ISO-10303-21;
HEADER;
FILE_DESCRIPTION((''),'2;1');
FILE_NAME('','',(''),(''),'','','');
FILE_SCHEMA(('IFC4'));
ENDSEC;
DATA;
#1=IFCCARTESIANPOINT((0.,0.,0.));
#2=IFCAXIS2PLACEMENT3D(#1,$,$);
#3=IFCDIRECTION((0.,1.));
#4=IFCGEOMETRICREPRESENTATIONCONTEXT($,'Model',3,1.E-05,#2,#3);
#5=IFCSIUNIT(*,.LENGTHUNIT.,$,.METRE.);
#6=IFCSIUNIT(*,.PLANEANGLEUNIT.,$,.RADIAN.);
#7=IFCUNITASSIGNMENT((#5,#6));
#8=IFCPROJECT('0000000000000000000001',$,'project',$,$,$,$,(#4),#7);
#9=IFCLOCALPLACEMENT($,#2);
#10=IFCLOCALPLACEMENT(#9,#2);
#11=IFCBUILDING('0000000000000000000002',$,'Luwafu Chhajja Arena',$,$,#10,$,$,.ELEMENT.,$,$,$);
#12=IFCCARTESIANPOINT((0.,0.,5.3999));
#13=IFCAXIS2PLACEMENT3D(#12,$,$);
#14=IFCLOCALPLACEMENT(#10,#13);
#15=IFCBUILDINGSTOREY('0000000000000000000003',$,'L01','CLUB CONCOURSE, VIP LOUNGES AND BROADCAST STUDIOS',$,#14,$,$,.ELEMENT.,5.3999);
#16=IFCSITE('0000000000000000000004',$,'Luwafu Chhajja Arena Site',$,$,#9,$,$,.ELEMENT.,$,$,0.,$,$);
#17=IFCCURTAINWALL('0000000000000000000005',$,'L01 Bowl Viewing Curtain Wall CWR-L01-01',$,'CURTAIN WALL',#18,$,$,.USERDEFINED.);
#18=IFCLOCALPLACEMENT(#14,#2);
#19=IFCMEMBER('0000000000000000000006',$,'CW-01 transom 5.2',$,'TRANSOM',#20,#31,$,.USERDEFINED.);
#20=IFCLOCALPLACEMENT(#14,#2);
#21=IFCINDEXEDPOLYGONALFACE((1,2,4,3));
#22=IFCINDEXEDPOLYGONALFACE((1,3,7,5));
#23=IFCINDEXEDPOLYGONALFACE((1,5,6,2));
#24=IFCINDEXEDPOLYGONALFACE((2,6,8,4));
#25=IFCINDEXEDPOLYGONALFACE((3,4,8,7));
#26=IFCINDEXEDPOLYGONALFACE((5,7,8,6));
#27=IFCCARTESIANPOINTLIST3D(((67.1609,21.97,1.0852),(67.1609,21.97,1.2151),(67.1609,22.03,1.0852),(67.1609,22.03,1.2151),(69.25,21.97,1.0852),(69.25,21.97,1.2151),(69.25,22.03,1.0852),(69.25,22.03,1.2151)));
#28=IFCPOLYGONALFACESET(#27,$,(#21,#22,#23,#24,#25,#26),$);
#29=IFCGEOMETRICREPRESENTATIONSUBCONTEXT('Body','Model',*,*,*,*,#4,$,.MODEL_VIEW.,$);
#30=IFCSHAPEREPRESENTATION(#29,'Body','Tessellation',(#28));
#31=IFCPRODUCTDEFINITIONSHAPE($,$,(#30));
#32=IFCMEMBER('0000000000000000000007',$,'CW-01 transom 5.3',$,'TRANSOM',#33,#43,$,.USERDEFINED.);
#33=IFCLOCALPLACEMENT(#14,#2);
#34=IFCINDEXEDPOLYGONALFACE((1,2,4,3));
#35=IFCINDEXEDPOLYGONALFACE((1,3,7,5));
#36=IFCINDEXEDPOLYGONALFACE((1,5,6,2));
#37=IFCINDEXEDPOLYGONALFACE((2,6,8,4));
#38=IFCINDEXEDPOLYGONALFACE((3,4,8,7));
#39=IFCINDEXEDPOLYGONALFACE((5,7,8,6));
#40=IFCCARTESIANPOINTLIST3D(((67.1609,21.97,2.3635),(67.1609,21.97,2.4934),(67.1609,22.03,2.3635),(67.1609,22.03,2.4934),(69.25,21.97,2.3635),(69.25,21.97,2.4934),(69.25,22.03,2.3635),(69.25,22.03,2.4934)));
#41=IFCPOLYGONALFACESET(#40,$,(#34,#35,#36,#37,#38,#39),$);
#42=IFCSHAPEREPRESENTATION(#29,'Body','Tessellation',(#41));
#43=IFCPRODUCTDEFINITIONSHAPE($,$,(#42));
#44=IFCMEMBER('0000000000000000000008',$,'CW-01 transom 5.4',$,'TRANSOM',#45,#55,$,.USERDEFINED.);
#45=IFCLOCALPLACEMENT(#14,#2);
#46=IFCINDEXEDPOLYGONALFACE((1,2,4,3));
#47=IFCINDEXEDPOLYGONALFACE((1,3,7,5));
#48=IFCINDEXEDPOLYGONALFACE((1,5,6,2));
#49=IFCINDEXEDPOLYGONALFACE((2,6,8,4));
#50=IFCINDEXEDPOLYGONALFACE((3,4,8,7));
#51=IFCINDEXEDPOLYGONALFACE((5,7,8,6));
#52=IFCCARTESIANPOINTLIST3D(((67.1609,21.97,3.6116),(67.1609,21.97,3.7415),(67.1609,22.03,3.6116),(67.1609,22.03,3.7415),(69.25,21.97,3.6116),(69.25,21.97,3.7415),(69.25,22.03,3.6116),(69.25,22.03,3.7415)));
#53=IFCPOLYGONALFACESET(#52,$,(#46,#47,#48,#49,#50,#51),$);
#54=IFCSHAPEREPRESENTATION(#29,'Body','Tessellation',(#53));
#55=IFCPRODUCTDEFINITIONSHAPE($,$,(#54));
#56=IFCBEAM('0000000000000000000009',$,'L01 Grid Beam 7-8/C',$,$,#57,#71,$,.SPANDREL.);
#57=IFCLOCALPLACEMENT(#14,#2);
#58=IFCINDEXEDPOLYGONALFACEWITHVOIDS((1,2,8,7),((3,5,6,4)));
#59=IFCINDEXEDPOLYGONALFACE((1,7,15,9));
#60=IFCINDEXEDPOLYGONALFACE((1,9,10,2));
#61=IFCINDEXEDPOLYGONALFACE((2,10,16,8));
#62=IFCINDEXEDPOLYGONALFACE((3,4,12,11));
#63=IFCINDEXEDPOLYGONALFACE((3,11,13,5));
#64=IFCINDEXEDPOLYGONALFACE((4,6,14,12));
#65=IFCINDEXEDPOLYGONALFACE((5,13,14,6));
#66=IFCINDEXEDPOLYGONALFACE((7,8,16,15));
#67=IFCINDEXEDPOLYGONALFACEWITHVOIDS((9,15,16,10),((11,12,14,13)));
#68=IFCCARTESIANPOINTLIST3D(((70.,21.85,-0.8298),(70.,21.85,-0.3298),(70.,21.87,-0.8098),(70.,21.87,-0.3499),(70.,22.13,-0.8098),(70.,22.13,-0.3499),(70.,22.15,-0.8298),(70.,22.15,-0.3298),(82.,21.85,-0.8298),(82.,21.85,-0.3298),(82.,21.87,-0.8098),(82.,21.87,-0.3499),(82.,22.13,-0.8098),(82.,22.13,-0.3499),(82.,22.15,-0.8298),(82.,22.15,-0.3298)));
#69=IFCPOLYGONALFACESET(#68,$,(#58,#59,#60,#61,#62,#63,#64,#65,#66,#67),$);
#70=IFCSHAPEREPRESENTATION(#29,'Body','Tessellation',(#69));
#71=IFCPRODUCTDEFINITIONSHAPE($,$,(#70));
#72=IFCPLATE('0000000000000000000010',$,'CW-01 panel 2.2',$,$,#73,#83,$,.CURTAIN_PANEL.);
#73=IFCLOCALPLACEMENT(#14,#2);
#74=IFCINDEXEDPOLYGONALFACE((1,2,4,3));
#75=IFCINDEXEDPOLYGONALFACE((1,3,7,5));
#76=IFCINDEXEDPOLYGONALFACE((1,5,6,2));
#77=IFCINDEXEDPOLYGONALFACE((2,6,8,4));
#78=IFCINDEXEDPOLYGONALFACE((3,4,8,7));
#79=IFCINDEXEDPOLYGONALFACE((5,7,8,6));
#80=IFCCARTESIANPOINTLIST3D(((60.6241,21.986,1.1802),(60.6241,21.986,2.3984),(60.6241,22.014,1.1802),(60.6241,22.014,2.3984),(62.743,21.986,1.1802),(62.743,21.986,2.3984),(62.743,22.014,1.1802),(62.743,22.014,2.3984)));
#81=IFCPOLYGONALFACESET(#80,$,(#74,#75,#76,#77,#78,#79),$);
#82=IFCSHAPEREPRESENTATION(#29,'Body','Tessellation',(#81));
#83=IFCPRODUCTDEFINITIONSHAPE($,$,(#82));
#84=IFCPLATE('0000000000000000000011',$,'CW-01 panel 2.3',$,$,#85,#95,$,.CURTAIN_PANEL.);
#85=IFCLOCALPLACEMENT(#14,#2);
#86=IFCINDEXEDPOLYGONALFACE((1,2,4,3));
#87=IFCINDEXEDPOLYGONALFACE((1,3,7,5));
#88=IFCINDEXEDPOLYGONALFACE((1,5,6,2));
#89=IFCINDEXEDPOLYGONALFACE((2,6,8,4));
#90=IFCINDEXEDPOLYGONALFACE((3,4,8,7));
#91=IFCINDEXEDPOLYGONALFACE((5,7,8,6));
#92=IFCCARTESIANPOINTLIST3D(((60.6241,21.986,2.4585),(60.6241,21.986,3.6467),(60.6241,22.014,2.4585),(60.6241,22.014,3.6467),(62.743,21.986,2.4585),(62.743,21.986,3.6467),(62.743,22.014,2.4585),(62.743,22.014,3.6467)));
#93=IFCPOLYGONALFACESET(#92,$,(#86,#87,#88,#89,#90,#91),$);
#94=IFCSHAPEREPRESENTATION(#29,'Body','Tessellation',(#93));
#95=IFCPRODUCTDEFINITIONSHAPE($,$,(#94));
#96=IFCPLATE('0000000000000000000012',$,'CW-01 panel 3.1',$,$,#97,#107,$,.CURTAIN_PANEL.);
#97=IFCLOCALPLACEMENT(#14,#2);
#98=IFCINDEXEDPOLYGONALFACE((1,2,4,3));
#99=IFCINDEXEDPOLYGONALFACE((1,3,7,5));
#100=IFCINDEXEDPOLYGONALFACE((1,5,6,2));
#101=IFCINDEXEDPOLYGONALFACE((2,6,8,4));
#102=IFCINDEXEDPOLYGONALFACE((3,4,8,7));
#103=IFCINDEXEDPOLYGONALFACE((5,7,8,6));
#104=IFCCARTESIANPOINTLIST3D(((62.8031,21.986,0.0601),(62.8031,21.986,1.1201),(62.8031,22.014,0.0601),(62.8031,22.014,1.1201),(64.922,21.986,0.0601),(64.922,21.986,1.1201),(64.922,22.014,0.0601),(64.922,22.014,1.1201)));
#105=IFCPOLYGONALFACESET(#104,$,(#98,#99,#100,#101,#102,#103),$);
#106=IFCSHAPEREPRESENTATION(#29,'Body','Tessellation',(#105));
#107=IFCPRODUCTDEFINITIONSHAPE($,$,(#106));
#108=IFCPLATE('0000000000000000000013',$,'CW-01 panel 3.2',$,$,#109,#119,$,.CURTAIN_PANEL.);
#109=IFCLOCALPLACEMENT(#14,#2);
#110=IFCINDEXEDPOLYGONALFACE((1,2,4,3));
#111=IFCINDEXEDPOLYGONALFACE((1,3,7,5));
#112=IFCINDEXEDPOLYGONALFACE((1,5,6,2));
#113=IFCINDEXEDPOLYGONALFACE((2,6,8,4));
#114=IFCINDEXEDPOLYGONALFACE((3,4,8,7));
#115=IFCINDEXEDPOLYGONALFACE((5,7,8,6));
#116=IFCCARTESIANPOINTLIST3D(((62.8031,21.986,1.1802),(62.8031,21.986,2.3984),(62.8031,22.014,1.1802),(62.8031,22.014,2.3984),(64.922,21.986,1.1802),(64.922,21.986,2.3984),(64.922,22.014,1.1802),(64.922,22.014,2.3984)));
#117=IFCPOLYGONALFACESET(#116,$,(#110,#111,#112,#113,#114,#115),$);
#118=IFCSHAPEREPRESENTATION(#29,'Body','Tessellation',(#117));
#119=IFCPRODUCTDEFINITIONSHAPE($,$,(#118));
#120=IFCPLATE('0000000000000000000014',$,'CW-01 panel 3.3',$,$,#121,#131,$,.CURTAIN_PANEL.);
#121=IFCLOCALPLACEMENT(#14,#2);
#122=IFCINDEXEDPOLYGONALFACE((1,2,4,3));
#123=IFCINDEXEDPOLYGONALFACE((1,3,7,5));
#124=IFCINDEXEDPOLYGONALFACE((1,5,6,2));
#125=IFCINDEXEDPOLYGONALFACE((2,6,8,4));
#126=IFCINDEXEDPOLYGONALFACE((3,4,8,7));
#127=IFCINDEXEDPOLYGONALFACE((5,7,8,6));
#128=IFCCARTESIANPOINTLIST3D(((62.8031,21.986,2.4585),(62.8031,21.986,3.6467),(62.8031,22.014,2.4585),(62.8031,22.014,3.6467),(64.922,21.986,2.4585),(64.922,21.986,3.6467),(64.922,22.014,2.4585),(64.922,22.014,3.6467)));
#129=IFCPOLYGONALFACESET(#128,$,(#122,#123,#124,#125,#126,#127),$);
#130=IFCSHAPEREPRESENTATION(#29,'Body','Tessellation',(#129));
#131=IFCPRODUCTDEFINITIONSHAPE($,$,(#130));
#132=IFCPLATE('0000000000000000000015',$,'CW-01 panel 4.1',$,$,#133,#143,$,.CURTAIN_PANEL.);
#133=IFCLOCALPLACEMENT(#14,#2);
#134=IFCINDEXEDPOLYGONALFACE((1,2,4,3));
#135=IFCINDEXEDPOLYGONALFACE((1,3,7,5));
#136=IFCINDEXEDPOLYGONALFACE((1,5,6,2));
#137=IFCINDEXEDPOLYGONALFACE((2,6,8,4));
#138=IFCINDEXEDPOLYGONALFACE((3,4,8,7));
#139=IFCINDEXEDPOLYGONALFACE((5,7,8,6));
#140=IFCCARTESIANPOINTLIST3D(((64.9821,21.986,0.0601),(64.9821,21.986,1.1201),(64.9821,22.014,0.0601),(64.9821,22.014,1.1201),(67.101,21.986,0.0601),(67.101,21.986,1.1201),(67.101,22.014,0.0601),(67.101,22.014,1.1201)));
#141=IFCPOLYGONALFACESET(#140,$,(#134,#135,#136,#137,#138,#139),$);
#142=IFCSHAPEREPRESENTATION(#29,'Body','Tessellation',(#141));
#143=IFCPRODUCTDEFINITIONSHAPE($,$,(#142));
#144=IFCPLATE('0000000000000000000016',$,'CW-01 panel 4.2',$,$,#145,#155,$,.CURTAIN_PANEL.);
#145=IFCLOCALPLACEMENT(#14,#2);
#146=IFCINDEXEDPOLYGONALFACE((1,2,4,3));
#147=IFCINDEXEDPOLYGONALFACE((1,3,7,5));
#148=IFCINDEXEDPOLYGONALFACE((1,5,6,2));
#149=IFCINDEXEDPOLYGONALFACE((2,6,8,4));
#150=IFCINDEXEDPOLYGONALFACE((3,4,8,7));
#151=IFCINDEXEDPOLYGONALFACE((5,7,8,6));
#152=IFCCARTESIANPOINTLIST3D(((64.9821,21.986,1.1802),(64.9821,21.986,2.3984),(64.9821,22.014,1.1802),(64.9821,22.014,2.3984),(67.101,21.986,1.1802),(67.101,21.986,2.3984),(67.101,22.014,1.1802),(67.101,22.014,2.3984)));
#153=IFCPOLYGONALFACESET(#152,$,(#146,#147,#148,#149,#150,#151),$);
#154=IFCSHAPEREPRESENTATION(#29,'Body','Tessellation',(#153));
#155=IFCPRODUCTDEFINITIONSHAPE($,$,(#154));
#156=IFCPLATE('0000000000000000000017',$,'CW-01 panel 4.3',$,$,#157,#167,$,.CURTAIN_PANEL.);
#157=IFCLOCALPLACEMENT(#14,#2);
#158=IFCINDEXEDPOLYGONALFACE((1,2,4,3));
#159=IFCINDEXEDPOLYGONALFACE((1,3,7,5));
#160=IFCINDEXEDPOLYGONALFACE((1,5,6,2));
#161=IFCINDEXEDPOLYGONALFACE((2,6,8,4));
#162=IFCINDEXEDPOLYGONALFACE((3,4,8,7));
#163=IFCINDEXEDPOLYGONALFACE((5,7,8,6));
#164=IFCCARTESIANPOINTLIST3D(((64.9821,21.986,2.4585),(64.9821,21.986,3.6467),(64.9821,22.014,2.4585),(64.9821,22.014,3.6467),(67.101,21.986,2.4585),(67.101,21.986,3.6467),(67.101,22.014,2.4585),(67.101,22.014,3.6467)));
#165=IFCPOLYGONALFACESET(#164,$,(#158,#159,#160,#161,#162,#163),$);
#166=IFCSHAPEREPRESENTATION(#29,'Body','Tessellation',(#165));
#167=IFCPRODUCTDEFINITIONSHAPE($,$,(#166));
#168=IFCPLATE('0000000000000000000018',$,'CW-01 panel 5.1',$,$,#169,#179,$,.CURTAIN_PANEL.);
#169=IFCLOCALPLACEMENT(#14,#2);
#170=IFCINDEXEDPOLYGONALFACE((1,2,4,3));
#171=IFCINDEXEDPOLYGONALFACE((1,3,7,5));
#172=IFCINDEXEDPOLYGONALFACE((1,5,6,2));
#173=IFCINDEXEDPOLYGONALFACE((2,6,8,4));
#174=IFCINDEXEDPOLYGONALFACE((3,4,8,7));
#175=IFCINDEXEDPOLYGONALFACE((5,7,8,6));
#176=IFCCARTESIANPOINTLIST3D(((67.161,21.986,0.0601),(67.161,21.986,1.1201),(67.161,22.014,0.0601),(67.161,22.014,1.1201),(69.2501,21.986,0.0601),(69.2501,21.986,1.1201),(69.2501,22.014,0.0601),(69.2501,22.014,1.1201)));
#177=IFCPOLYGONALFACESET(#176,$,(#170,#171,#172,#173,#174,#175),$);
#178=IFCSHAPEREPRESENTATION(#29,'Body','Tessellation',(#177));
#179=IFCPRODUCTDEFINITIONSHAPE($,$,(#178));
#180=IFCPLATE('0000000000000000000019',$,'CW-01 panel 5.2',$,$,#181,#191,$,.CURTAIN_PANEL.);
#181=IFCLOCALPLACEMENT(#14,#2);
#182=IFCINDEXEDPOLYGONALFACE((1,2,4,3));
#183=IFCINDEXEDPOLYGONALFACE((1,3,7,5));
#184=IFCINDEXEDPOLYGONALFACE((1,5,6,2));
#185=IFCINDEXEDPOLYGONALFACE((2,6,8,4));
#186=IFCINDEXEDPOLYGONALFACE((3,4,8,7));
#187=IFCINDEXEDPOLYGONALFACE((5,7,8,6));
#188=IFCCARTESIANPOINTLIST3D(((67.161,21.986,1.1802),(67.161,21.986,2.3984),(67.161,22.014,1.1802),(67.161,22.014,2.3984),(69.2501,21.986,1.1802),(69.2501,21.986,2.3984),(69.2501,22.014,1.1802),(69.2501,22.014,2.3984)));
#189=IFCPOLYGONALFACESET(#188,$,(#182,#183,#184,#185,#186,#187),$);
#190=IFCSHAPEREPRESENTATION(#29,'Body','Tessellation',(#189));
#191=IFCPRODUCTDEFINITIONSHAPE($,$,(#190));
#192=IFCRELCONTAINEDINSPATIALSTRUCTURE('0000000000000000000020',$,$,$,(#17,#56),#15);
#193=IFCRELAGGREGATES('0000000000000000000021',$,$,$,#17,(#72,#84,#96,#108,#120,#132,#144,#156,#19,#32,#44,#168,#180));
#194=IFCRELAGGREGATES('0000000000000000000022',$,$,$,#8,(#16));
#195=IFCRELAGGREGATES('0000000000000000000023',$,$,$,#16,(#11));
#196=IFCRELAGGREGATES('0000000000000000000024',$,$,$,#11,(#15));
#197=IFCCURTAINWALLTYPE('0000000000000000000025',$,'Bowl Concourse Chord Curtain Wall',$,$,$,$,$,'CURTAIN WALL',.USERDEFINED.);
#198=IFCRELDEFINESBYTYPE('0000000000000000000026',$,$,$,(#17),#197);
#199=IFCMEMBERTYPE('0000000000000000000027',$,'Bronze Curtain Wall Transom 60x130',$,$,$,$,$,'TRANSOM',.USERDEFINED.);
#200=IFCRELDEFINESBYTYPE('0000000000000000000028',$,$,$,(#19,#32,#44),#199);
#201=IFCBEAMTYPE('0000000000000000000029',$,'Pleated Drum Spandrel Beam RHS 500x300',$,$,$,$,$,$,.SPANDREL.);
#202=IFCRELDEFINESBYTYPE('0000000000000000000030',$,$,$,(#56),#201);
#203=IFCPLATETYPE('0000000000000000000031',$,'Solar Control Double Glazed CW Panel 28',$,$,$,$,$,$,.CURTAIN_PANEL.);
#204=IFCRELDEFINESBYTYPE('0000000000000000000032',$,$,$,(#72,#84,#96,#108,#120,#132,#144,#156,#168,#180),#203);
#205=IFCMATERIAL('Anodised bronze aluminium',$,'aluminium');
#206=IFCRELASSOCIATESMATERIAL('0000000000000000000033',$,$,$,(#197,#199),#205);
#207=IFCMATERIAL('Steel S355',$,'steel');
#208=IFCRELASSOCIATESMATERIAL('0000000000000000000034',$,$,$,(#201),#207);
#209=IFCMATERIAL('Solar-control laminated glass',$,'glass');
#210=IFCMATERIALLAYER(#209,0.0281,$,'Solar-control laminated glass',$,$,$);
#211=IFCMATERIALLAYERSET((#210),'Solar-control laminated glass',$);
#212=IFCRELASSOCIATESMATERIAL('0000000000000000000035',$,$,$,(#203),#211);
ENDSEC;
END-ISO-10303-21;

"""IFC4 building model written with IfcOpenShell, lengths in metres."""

from ifc_helpers import new_model, si_unit, direction, frame, origin, origin_2d, place, context, subcontext, project, spatial, rectangle, hollow_rectangle, extrude, material, layer, layer_set, material_profile, profile_set, type_object, element, aggregate, save


model = new_model("IFC4")

# Units and contexts
model_context = context("Model", 3, precision=1e-05, world=origin(), true_north=direction((0.0, 1.0)))
body_context = subcontext(model_context, "Body", "Model", "MODEL_VIEW")
ifc_project = project(units=[si_unit("LENGTHUNIT", "METRE"), si_unit("PLANEANGLEUNIT", "RADIAN")], contexts=[model_context])

# Site, building, storey
site_placement = place(None, origin())
site = spatial("IfcSite", under=ifc_project, at=site_placement, Name="Luwafu Chhajja Arena Site", CompositionType="ELEMENT", RefElevation=0.0)
building_placement = place(site_placement, origin())
building = spatial("IfcBuilding", under=site, at=building_placement, Name="Luwafu Chhajja Arena", CompositionType="ELEMENT")
storey_placement = place(building_placement, frame((0.0, 0.0, 5.3999)))
storey = spatial("IfcBuildingStorey", under=building, at=storey_placement, Name="L01", Description="CLUB CONCOURSE, VIP LOUNGES AND BROADCAST STUDIOS", CompositionType="ELEMENT", Elevation=5.3999)

# Curtain wall, members
ifc_material_1 = material(Name="Anodised bronze aluminium", Category="aluminium")
curtain_wall_type = type_object("IfcCurtainWallType", Name="Bowl Concourse Chord Curtain Wall", ElementType="CURTAIN WALL", PredefinedType="USERDEFINED", material=ifc_material_1)
curtain_wall_placement = place(storey_placement, origin())
curtain_wall = element("IfcCurtainWall", 1, at=curtain_wall_placement, inside=storey, type_object=curtain_wall_type, Name="L01 Bowl Viewing Curtain Wall CWR-L01-01", ObjectType="CURTAIN WALL", PredefinedType="USERDEFINED")
ifc_material_profile_1 = material_profile(ifc_material_1, rectangle(XDim=0.0601, YDim=0.1299, at=origin_2d()), Name="CWT 60x130")
ifc_profile_set_1 = profile_set([ifc_material_profile_1], Name="Anodised bronze aluminium")
member_type_1 = type_object("IfcMemberType", Name="Bronze Curtain Wall Transom 60x130", ElementType="TRANSOM", PredefinedType="USERDEFINED", material=ifc_profile_set_1)
member_1_placement = place(storey_placement, frame((67.1609, 22.0, 1.1501), z_axis=(1.0, 0.0, 0.0), x_axis=(0.0, 1.0, 0.0)))
member_1 = element("IfcMember", 2, at=member_1_placement, type_object=member_type_1, Name="CW-01 transom 5.2", ObjectType="TRANSOM", PredefinedType="USERDEFINED", context=body_context, shape_type="SweptSolid", body=[
    extrude(rectangle(XDim=0.0601, YDim=0.1299, at=origin_2d()), origin(), (0.0, 0.0, 1.0), 2.0891),
])
member_2_placement = place(storey_placement, frame((67.1609, 22.0, 2.4285), z_axis=(1.0, 0.0, 0.0), x_axis=(0.0, 1.0, 0.0)))
member_2 = element("IfcMember", 3, at=member_2_placement, type_object=member_type_1, Name="CW-01 transom 5.3", ObjectType="TRANSOM", PredefinedType="USERDEFINED", context=body_context, shape_type="SweptSolid", body=[
    extrude(rectangle(XDim=0.0601, YDim=0.1299, at=origin_2d()), origin(), (0.0, 0.0, 1.0), 2.0891),
])
member_3_placement = place(storey_placement, frame((67.1609, 22.0, 3.6765), z_axis=(1.0, 0.0, 0.0), x_axis=(0.0, 1.0, 0.0)))
member_3 = element("IfcMember", 4, at=member_3_placement, type_object=member_type_1, Name="CW-01 transom 5.4", ObjectType="TRANSOM", PredefinedType="USERDEFINED", context=body_context, shape_type="SweptSolid", body=[
    extrude(rectangle(XDim=0.0601, YDim=0.1299, at=origin_2d()), origin(), (0.0, 0.0, 1.0), 2.0891),
])

# Beam
ifc_material_2 = material(Name="Steel S355", Category="steel")
ifc_material_profile_2 = material_profile(ifc_material_2, hollow_rectangle(XDim=0.3, YDim=0.5, WallThickness=0.02, at=origin_2d()), Name="RHS 500x300x20")
ifc_profile_set_2 = profile_set([ifc_material_profile_2], Name="Steel S355")
beam_type = type_object("IfcBeamType", Name="Pleated Drum Spandrel Beam RHS 500x300", PredefinedType="SPANDREL", material=ifc_profile_set_2)
beam_placement = place(storey_placement, frame((70.0, 22.0, -0.5798), z_axis=(1.0, 0.0, 0.0), x_axis=(0.0, 1.0, 0.0)))
element("IfcBeam", 5, at=beam_placement, inside=storey, type_object=beam_type, Name="L01 Grid Beam 7-8/C", PredefinedType="SPANDREL", context=body_context, shape_type="SweptSolid", body=[
    extrude(hollow_rectangle(XDim=0.3, YDim=0.5, WallThickness=0.02, at=origin_2d()), origin(), (0.0, 0.0, 1.0), 12.0),
])

# Plates
ifc_material_3 = material(Name="Solar-control laminated glass", Category="glass")
ifc_layer = layer(ifc_material_3, 0.0281, Name="Solar-control laminated glass")
ifc_layer_set = layer_set([ifc_layer], Name="Solar-control laminated glass")
plate_type = type_object("IfcPlateType", Name="Solar Control Double Glazed CW Panel 28", PredefinedType="CURTAIN_PANEL", material=ifc_layer_set)
plate_1_placement = place(storey_placement, frame((61.6836, 22.0, 1.1802), z_axis=(0.0, 0.0, 1.0), x_axis=(1.0, 0.0, 0.0)))
plate_1 = element("IfcPlate", 6, at=plate_1_placement, type_object=plate_type, Name="CW-01 panel 2.2", PredefinedType="CURTAIN_PANEL", context=body_context, shape_type="SweptSolid", body=[
    extrude(rectangle(XDim=2.1189, YDim=0.0281, at=origin_2d()), origin(), (0.0, 0.0, 1.0), 1.2183),
])
plate_2_placement = place(storey_placement, frame((61.6836, 22.0, 2.4585), z_axis=(0.0, 0.0, 1.0), x_axis=(1.0, 0.0, 0.0)))
plate_2 = element("IfcPlate", 7, at=plate_2_placement, type_object=plate_type, Name="CW-01 panel 2.3", PredefinedType="CURTAIN_PANEL", context=body_context, shape_type="SweptSolid", body=[
    extrude(rectangle(XDim=2.1189, YDim=0.0281, at=origin_2d()), origin(), (0.0, 0.0, 1.0), 1.1882),
])
plate_3_placement = place(storey_placement, frame((63.8625, 22.0, 0.0601), z_axis=(0.0, 0.0, 1.0), x_axis=(1.0, 0.0, 0.0)))
plate_3 = element("IfcPlate", 8, at=plate_3_placement, type_object=plate_type, Name="CW-01 panel 3.1", PredefinedType="CURTAIN_PANEL", context=body_context, shape_type="SweptSolid", body=[
    extrude(rectangle(XDim=2.1189, YDim=0.0281, at=origin_2d()), origin(), (0.0, 0.0, 1.0), 1.0601),
])
plate_4_placement = place(storey_placement, frame((63.8625, 22.0, 1.1802), z_axis=(0.0, 0.0, 1.0), x_axis=(1.0, 0.0, 0.0)))
plate_4 = element("IfcPlate", 9, at=plate_4_placement, type_object=plate_type, Name="CW-01 panel 3.2", PredefinedType="CURTAIN_PANEL", context=body_context, shape_type="SweptSolid", body=[
    extrude(rectangle(XDim=2.1189, YDim=0.0281, at=origin_2d()), origin(), (0.0, 0.0, 1.0), 1.2183),
])
plate_5_placement = place(storey_placement, frame((63.8625, 22.0, 2.4585), z_axis=(0.0, 0.0, 1.0), x_axis=(1.0, 0.0, 0.0)))
plate_5 = element("IfcPlate", 10, at=plate_5_placement, type_object=plate_type, Name="CW-01 panel 3.3", PredefinedType="CURTAIN_PANEL", context=body_context, shape_type="SweptSolid", body=[
    extrude(rectangle(XDim=2.1189, YDim=0.0281, at=origin_2d()), origin(), (0.0, 0.0, 1.0), 1.1882),
])
plate_6_placement = place(storey_placement, frame((66.0415, 22.0, 0.0601), z_axis=(0.0, 0.0, 1.0), x_axis=(1.0, 0.0, 0.0)))
plate_6 = element("IfcPlate", 11, at=plate_6_placement, type_object=plate_type, Name="CW-01 panel 4.1", PredefinedType="CURTAIN_PANEL", context=body_context, shape_type="SweptSolid", body=[
    extrude(rectangle(XDim=2.1189, YDim=0.0281, at=origin_2d()), origin(), (0.0, 0.0, 1.0), 1.0601),
])
plate_7_placement = place(storey_placement, frame((66.0415, 22.0, 1.1802), z_axis=(0.0, 0.0, 1.0), x_axis=(1.0, 0.0, 0.0)))
plate_7 = element("IfcPlate", 12, at=plate_7_placement, type_object=plate_type, Name="CW-01 panel 4.2", PredefinedType="CURTAIN_PANEL", context=body_context, shape_type="SweptSolid", body=[
    extrude(rectangle(XDim=2.1189, YDim=0.0281, at=origin_2d()), origin(), (0.0, 0.0, 1.0), 1.2183),
])
plate_8_placement = place(storey_placement, frame((66.0415, 22.0, 2.4585), z_axis=(0.0, 0.0, 1.0), x_axis=(1.0, 0.0, 0.0)))
plate_8 = element("IfcPlate", 13, at=plate_8_placement, type_object=plate_type, Name="CW-01 panel 4.3", PredefinedType="CURTAIN_PANEL", context=body_context, shape_type="SweptSolid", body=[
    extrude(rectangle(XDim=2.1189, YDim=0.0281, at=origin_2d()), origin(), (0.0, 0.0, 1.0), 1.1882),
])
plate_9_placement = place(storey_placement, frame((68.2056, 22.0, 0.0601), z_axis=(0.0, 0.0, 1.0), x_axis=(1.0, 0.0, 0.0)))
plate_9 = element("IfcPlate", 14, at=plate_9_placement, type_object=plate_type, Name="CW-01 panel 5.1", PredefinedType="CURTAIN_PANEL", context=body_context, shape_type="SweptSolid", body=[
    extrude(rectangle(XDim=2.0891, YDim=0.0281, at=origin_2d()), origin(), (0.0, 0.0, 1.0), 1.0601),
])
plate_10_placement = place(storey_placement, frame((68.2056, 22.0, 1.1802), z_axis=(0.0, 0.0, 1.0), x_axis=(1.0, 0.0, 0.0)))
plate_10 = element("IfcPlate", 15, at=plate_10_placement, type_object=plate_type, Name="CW-01 panel 5.2", PredefinedType="CURTAIN_PANEL", context=body_context, shape_type="SweptSolid", body=[
    extrude(rectangle(XDim=2.0891, YDim=0.0281, at=origin_2d()), origin(), (0.0, 0.0, 1.0), 1.2183),
])
aggregate(curtain_wall, [plate_1, plate_2, plate_3, plate_4, plate_5, plate_6, plate_7, plate_8, member_1, member_2, member_3, plate_9, plate_10])

save(model, "model.ifc")
